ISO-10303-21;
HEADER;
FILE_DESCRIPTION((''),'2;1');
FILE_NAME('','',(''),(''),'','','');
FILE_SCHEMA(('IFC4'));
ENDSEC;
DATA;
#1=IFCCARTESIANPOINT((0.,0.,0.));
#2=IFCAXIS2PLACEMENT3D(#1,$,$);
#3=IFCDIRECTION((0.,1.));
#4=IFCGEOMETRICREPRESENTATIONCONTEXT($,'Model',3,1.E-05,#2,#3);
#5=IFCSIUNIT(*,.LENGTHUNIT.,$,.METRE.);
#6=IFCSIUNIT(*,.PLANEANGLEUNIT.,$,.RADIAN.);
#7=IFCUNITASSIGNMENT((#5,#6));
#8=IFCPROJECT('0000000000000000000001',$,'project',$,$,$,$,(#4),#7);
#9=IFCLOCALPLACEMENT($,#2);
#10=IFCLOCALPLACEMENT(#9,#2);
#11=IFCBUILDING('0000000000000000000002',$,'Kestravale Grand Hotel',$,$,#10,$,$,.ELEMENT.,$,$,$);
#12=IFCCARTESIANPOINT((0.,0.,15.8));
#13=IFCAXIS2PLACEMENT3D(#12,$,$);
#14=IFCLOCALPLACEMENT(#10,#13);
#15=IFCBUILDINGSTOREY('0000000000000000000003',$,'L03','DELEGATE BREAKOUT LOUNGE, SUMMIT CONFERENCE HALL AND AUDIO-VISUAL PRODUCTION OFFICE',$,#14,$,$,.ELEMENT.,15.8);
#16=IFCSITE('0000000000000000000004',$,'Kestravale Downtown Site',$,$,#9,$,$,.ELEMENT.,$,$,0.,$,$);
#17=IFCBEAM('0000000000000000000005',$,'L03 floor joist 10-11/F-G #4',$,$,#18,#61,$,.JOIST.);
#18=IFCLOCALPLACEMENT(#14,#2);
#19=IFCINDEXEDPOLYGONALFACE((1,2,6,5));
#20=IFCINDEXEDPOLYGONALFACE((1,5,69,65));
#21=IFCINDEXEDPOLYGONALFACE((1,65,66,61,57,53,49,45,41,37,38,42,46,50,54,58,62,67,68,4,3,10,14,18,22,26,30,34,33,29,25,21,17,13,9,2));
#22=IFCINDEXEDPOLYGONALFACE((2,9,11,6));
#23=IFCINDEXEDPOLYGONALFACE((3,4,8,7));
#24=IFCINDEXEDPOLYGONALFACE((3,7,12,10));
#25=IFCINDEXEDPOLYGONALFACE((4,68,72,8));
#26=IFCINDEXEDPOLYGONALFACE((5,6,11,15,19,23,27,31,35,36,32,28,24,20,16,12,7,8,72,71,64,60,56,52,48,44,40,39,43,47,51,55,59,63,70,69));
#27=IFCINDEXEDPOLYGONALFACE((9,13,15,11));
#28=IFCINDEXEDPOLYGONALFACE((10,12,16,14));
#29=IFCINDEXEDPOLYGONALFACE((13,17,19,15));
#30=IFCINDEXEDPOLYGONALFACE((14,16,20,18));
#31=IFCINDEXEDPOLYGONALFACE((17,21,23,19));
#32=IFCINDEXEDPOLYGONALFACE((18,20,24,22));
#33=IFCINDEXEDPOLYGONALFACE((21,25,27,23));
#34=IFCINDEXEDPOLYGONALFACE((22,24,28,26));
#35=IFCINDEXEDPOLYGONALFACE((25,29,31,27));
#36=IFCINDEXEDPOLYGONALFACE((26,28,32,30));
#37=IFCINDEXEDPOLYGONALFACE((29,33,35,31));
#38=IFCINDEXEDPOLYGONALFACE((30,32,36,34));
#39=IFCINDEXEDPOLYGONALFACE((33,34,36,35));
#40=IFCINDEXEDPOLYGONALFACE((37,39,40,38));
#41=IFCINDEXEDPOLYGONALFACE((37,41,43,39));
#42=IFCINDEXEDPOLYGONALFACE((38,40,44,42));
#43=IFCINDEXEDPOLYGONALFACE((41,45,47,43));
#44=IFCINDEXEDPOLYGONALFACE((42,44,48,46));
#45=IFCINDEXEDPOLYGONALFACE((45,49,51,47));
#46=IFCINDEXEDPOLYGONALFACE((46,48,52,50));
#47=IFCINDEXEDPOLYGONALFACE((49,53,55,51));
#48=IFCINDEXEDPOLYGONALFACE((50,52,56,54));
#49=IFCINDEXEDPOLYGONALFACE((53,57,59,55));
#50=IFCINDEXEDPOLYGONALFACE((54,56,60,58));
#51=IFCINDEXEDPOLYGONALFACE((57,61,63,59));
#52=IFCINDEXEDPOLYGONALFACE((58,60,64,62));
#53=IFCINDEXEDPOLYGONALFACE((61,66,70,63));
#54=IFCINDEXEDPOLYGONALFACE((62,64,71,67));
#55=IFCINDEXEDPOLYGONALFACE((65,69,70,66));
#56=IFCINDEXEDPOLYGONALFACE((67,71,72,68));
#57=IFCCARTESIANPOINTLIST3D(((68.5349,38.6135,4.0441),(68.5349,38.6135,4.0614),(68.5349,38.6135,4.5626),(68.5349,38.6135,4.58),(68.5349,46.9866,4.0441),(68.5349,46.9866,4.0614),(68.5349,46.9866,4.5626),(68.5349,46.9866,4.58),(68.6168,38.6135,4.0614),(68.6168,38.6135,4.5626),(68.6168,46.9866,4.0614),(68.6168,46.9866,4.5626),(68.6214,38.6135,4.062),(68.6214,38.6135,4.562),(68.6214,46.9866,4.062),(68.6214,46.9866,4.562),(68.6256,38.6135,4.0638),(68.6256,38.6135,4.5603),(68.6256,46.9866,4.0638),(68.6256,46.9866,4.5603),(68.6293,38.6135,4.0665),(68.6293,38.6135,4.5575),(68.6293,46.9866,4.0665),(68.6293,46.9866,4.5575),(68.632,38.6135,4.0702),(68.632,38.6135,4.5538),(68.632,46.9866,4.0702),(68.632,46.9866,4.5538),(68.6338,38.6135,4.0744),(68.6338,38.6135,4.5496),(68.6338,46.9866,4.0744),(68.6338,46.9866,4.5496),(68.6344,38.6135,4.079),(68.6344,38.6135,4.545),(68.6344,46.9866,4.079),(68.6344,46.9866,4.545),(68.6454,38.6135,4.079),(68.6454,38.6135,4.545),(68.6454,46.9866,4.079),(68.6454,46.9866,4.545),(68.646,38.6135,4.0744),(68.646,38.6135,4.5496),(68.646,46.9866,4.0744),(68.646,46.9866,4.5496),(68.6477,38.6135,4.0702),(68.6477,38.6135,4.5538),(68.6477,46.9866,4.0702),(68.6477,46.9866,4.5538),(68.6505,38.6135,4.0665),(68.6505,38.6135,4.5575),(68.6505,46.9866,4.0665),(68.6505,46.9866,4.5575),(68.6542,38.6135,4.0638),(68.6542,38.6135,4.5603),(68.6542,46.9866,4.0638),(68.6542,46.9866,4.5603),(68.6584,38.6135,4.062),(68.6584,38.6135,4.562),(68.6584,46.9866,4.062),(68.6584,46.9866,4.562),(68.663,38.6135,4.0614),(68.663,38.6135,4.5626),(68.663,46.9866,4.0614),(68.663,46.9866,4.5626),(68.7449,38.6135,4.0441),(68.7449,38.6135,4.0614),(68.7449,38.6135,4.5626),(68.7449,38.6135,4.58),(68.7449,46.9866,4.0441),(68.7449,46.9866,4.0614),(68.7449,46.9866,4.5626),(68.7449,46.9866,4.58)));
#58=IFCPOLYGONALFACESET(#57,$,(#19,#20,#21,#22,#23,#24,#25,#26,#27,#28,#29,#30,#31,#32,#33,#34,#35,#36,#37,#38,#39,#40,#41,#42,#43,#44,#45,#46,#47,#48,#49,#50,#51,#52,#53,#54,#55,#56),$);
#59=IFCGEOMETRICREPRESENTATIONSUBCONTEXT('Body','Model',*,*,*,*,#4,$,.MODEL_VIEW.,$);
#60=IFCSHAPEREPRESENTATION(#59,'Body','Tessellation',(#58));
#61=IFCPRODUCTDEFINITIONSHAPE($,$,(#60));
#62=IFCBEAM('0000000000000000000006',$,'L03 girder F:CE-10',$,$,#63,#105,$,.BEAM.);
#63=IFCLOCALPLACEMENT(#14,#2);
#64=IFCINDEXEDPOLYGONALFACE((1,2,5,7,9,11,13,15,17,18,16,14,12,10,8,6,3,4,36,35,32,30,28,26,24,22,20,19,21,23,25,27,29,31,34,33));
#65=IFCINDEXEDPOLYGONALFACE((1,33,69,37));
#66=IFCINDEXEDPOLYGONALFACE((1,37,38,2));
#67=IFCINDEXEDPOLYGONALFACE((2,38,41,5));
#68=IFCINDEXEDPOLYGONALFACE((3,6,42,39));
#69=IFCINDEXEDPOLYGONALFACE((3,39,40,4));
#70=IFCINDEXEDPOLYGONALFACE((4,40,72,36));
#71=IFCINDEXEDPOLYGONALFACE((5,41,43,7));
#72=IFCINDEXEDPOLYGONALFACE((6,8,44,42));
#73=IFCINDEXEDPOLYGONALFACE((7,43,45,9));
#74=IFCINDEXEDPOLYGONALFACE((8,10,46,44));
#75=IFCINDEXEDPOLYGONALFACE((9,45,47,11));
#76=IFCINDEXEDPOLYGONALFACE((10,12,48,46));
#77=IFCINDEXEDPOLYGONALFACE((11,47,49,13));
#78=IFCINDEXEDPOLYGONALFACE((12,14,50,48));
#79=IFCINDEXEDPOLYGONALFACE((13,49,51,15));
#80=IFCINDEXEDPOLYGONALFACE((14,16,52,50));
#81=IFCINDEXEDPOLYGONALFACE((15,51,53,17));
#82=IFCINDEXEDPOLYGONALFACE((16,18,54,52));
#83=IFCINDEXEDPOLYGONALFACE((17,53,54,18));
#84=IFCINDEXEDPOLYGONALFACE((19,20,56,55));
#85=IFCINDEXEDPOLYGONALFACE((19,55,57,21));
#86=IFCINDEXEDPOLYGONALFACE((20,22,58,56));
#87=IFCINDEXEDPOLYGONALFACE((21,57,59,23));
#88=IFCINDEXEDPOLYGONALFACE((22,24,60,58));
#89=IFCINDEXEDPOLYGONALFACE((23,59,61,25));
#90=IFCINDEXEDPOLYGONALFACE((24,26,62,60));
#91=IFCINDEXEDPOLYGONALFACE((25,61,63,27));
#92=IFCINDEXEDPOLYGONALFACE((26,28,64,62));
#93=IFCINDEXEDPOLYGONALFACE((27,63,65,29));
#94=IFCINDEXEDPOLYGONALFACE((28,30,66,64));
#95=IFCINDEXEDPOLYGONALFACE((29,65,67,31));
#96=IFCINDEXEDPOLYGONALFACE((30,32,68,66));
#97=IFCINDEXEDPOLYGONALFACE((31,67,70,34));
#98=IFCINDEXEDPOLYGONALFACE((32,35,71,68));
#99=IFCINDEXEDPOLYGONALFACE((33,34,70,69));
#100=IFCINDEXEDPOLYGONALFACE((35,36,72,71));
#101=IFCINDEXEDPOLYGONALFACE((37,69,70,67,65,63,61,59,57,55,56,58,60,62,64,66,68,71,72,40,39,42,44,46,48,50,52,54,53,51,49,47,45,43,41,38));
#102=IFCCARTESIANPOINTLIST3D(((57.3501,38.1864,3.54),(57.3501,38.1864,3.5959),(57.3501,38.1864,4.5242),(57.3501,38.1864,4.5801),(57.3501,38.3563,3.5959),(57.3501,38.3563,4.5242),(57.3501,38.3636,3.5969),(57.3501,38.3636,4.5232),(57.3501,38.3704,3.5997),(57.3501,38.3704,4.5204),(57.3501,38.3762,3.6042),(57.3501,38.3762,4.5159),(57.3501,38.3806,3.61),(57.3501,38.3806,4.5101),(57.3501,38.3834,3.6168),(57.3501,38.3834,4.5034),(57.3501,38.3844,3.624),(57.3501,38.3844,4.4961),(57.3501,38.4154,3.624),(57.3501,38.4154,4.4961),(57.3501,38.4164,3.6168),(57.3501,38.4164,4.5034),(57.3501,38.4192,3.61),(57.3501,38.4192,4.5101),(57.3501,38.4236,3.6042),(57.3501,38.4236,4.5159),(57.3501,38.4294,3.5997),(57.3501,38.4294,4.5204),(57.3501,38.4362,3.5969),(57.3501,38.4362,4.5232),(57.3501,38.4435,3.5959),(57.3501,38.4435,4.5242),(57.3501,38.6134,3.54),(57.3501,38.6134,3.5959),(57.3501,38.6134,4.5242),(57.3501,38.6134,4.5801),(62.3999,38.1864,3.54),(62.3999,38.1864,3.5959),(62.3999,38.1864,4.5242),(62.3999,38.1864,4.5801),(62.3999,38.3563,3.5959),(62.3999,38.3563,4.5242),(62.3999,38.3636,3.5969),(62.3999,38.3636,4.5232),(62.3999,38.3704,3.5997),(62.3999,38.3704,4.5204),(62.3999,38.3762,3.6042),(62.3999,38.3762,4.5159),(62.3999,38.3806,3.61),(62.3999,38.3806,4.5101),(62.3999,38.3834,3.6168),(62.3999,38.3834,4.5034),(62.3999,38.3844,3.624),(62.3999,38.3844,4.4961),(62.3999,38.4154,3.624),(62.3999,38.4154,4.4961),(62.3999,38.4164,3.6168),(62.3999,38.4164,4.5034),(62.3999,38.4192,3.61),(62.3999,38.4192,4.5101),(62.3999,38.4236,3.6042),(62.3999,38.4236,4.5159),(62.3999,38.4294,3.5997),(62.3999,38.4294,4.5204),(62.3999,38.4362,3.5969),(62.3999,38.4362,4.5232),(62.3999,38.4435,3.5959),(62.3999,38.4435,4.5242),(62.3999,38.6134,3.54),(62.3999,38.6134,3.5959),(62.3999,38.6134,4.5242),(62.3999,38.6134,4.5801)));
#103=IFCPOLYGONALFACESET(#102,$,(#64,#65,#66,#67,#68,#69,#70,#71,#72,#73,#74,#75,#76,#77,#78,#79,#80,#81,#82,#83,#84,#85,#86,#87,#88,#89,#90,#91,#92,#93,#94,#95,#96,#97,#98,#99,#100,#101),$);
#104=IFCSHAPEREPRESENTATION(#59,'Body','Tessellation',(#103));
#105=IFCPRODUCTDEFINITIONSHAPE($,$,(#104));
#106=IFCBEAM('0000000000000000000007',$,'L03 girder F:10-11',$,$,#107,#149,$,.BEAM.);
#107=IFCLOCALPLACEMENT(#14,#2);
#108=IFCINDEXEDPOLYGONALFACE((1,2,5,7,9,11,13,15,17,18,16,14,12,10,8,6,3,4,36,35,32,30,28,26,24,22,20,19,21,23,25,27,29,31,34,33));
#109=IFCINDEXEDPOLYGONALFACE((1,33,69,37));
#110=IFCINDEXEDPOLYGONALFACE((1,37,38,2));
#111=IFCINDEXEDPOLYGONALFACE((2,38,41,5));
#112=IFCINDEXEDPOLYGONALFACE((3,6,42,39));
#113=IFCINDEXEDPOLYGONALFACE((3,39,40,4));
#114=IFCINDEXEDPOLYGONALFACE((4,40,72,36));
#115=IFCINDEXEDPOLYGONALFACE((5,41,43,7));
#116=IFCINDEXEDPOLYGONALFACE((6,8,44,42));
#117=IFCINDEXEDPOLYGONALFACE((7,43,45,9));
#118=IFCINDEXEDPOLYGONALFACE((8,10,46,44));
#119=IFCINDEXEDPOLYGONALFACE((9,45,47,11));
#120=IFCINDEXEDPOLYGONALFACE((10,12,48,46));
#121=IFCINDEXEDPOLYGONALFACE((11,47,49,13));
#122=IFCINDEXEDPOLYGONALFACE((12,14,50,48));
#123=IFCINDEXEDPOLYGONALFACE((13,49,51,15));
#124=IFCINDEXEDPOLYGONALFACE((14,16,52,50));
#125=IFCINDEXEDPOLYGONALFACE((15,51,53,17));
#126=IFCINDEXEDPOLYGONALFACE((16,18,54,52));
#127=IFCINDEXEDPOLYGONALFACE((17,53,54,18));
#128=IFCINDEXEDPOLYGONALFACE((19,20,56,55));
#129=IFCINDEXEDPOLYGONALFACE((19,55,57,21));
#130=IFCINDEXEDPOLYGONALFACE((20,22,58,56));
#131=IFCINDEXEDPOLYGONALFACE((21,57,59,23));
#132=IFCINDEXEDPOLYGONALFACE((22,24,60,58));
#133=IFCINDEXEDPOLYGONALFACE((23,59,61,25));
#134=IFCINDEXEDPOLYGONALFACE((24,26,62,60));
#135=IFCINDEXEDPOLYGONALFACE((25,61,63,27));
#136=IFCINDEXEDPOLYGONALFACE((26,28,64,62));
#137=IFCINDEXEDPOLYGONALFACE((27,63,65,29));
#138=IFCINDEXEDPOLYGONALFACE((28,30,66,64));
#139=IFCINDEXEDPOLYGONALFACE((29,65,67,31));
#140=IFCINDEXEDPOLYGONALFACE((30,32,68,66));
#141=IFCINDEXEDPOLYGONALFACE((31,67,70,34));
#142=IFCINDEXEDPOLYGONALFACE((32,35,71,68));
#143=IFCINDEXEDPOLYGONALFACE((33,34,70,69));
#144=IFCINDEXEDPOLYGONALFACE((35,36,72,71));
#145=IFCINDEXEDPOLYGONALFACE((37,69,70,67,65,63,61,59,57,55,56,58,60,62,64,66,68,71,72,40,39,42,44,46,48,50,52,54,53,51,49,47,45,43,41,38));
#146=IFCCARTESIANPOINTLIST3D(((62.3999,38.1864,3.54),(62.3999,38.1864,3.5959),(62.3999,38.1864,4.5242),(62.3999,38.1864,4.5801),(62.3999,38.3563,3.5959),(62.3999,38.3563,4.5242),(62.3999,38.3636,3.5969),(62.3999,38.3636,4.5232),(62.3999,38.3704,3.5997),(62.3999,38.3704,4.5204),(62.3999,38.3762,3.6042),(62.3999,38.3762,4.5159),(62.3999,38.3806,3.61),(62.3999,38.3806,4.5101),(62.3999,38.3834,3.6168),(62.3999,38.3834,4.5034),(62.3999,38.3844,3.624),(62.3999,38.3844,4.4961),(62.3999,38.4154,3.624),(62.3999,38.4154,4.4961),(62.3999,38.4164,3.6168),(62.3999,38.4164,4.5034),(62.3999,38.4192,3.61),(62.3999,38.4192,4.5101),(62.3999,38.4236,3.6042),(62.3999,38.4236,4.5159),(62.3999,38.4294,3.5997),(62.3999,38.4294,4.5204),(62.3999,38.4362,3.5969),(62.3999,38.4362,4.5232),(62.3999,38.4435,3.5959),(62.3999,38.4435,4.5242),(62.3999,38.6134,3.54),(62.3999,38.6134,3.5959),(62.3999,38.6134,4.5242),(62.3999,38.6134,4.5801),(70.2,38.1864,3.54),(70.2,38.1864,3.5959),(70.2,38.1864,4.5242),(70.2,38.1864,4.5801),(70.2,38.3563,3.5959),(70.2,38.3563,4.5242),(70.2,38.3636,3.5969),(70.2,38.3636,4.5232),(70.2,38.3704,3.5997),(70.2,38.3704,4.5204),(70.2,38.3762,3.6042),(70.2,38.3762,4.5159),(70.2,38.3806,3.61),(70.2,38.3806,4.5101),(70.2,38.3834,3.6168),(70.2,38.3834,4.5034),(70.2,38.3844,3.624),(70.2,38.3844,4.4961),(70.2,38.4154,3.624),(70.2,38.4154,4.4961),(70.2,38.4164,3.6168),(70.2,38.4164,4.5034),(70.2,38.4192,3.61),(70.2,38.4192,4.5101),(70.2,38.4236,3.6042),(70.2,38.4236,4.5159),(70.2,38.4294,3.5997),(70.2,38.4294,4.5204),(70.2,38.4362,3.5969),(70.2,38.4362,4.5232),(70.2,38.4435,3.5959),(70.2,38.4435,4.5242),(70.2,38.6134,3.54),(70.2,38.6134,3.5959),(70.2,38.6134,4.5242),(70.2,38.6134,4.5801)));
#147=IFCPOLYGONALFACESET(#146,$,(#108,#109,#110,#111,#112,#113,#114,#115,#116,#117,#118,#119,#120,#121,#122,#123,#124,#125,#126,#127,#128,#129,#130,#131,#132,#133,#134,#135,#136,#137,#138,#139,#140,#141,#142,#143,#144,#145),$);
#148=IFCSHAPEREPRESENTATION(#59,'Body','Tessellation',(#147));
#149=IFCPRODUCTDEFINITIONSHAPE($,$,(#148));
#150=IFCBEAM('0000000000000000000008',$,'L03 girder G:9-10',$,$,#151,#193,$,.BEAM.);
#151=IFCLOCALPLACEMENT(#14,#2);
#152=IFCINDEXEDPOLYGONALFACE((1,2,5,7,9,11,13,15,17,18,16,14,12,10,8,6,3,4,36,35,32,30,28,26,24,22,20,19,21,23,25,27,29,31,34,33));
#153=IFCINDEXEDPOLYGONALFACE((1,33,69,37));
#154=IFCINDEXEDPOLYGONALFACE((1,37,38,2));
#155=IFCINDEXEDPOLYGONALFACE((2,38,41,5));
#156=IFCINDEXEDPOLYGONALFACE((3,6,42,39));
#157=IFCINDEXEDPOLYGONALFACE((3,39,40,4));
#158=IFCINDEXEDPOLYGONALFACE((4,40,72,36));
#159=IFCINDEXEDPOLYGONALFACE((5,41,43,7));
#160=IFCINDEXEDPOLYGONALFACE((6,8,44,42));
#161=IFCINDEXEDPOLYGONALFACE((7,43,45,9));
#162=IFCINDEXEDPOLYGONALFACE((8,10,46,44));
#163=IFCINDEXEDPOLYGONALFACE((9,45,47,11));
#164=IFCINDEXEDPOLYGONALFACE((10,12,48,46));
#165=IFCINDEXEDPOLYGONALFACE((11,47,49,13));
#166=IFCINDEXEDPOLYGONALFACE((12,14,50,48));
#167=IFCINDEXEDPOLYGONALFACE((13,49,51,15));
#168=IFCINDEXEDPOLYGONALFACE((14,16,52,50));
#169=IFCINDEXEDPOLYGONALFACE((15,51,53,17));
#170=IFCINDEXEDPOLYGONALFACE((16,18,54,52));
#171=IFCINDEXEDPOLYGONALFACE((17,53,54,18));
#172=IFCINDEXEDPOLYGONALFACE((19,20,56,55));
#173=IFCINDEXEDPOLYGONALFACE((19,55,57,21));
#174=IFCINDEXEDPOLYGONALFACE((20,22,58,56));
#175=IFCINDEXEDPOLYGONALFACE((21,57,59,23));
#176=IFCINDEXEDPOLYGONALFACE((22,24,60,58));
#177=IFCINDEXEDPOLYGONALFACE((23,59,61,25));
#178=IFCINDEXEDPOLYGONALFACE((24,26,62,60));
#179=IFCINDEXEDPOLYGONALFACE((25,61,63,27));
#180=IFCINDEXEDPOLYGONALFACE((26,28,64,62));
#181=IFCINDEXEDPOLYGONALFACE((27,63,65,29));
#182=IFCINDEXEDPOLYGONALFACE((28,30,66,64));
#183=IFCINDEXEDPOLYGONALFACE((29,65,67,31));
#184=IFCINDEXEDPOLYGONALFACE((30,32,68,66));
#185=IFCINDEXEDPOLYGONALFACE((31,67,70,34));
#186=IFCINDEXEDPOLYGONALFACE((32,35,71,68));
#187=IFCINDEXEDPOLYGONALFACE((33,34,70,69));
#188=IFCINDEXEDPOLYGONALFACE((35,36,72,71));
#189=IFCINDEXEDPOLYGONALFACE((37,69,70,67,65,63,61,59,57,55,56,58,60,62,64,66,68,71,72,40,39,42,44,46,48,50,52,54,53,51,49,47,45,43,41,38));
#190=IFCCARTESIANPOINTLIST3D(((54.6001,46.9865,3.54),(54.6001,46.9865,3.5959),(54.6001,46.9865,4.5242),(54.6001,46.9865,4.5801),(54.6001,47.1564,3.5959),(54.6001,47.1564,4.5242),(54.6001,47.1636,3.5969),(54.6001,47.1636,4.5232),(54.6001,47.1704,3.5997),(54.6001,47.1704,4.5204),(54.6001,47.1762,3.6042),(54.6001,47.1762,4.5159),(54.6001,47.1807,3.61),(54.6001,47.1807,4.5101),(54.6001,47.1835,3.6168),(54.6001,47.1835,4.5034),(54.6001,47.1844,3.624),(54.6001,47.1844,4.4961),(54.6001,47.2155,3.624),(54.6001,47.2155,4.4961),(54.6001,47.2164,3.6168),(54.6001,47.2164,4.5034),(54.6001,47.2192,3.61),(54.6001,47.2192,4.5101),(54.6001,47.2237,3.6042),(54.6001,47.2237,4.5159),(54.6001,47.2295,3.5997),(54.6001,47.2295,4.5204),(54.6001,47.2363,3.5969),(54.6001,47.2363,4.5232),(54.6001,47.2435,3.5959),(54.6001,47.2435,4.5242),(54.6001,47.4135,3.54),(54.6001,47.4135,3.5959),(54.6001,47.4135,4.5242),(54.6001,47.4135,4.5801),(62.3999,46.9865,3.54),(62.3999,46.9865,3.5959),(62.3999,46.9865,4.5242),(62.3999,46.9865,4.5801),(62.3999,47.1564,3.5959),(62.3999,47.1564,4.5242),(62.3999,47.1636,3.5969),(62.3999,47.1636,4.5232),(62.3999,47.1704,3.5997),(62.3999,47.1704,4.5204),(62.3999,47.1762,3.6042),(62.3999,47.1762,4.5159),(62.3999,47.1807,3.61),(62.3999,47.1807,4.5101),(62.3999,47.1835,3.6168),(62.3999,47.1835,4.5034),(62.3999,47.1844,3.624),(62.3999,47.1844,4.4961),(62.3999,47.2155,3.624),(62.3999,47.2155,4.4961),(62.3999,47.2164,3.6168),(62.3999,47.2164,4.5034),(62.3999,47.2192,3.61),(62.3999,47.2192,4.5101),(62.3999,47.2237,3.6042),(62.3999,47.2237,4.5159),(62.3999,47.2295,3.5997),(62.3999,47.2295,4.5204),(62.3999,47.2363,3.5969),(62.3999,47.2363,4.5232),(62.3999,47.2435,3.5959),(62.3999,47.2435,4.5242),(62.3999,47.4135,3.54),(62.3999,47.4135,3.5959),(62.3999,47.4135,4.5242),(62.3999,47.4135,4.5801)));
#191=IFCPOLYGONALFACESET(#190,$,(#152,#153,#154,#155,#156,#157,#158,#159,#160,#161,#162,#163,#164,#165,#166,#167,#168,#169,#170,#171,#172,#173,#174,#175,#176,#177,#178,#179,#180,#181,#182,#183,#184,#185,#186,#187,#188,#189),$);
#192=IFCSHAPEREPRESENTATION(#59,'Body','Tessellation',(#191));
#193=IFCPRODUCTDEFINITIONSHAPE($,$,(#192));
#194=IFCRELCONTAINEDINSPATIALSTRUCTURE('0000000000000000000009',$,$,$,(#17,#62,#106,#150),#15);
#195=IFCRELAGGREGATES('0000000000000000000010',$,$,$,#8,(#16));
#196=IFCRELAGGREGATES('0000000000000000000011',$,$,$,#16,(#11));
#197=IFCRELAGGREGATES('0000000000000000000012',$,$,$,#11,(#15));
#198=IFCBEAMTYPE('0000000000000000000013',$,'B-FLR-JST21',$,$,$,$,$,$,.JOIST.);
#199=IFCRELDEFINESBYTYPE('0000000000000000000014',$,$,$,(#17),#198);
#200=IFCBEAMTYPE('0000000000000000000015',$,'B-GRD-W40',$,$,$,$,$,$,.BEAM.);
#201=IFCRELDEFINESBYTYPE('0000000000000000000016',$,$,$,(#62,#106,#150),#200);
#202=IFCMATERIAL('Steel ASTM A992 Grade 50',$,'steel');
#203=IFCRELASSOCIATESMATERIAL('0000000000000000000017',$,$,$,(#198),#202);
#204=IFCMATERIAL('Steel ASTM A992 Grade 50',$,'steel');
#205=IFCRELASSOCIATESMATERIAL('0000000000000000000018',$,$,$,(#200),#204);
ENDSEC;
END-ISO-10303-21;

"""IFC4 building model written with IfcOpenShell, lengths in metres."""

from ifc_helpers import new_model, si_unit, direction, frame, origin, origin_2d, place, context, subcontext, project, spatial, i_section, extrude, material, material_profile, profile_set, type_object, element, save


model = new_model("IFC4")

# Units and contexts
model_context = context("Model", 3, precision=1e-05, world=origin(), true_north=direction((0.0, 1.0)))
body_context = subcontext(model_context, "Body", "Model", "MODEL_VIEW")
ifc_project = project(units=[si_unit("LENGTHUNIT", "METRE"), si_unit("PLANEANGLEUNIT", "RADIAN")], contexts=[model_context])

# Site, building, storey
site_placement = place(None, origin())
site = spatial("IfcSite", under=ifc_project, at=site_placement, Name="Kestravale Downtown Site", CompositionType="ELEMENT", RefElevation=0.0)
building_placement = place(site_placement, origin())
building = spatial("IfcBuilding", under=site, at=building_placement, Name="Kestravale Grand Hotel", CompositionType="ELEMENT")
storey_placement = place(building_placement, frame((0.0, 0.0, 15.8)))
storey = spatial("IfcBuildingStorey", under=building, at=storey_placement, Name="L03", Description="DELEGATE BREAKOUT LOUNGE, SUMMIT CONFERENCE HALL AND AUDIO-VISUAL PRODUCTION OFFICE", CompositionType="ELEMENT", Elevation=15.8)

# Beams
ifc_material_1 = material(Name="Steel ASTM A992 Grade 50", Category="steel")
ifc_material_profile_1 = material_profile(ifc_material_1, i_section(OverallWidth=0.21, OverallDepth=0.5359, WebThickness=0.011, FlangeThickness=0.0173, FilletRadius=0.0176, at=origin_2d()))
ifc_profile_set_1 = profile_set([ifc_material_profile_1], Name="Steel ASTM A992 Grade 50")
beam_type_1 = type_object("IfcBeamType", Name="B-FLR-JST21", PredefinedType="JOIST", material=ifc_profile_set_1)
for number, where, z_axis, x_axis, name in (
    (1, (68.6399, 38.6135, 4.312), (0.0, 1.0, 0.0), (-1.0, 0.0, 0.0), "L03 floor joist 10-11/F-G #4"),
):
    element("IfcBeam", number, at=place(storey_placement, frame(where, z_axis=z_axis, x_axis=x_axis)), inside=storey, type_object=beam_type_1, Name=name, PredefinedType="JOIST", context=body_context, shape_type="SweptSolid", body=[
        extrude(i_section(OverallWidth=0.21, OverallDepth=0.5359, WebThickness=0.011, FlangeThickness=0.0173, FilletRadius=0.0176, at=origin_2d()), origin(), (0.0, 0.0, 1.0), 8.373),
    ])
ifc_material_2 = material(Name="Steel ASTM A992 Grade 50", Category="steel")
ifc_material_profile_2 = material_profile(ifc_material_2, i_section(OverallWidth=0.427, OverallDepth=1.04, WebThickness=0.031, FlangeThickness=0.0559, FilletRadius=0.0281, at=origin_2d()))
ifc_profile_set_2 = profile_set([ifc_material_profile_2], Name="Steel ASTM A992 Grade 50")
beam_type_2 = type_object("IfcBeamType", Name="B-GRD-W40", PredefinedType="BEAM", material=ifc_profile_set_2)
beam_1_placement = place(storey_placement, frame((57.3501, 38.3999, 4.0601), z_axis=(1.0, 0.0, 0.0), x_axis=(0.0, 1.0, 0.0)))
element("IfcBeam", 2, at=beam_1_placement, inside=storey, type_object=beam_type_2, Name="L03 girder F:CE-10", PredefinedType="BEAM", context=body_context, shape_type="SweptSolid", body=[
    extrude(i_section(OverallWidth=0.427, OverallDepth=1.04, WebThickness=0.031, FlangeThickness=0.0559, FilletRadius=0.0281, at=origin_2d()), origin(), (0.0, 0.0, 1.0), 5.0498),
])
beam_2_placement = place(storey_placement, frame((62.3999, 38.3999, 4.0601), z_axis=(1.0, 0.0, 0.0), x_axis=(0.0, 1.0, 0.0)))
element("IfcBeam", 3, at=beam_2_placement, inside=storey, type_object=beam_type_2, Name="L03 girder F:10-11", PredefinedType="BEAM", context=body_context, shape_type="SweptSolid", body=[
    extrude(i_section(OverallWidth=0.427, OverallDepth=1.04, WebThickness=0.031, FlangeThickness=0.0559, FilletRadius=0.0281, at=origin_2d()), origin(), (0.0, 0.0, 1.0), 7.8),
])
beam_3_placement = place(storey_placement, frame((54.6001, 47.2, 4.0601), z_axis=(1.0, 0.0, 0.0), x_axis=(0.0, 1.0, 0.0)))
element("IfcBeam", 4, at=beam_3_placement, inside=storey, type_object=beam_type_2, Name="L03 girder G:9-10", PredefinedType="BEAM", context=body_context, shape_type="SweptSolid", body=[
    extrude(i_section(OverallWidth=0.427, OverallDepth=1.04, WebThickness=0.031, FlangeThickness=0.0559, FilletRadius=0.0281, at=origin_2d()), origin(), (0.0, 0.0, 1.0), 7.7998),
])

save(model, "model.ifc")
